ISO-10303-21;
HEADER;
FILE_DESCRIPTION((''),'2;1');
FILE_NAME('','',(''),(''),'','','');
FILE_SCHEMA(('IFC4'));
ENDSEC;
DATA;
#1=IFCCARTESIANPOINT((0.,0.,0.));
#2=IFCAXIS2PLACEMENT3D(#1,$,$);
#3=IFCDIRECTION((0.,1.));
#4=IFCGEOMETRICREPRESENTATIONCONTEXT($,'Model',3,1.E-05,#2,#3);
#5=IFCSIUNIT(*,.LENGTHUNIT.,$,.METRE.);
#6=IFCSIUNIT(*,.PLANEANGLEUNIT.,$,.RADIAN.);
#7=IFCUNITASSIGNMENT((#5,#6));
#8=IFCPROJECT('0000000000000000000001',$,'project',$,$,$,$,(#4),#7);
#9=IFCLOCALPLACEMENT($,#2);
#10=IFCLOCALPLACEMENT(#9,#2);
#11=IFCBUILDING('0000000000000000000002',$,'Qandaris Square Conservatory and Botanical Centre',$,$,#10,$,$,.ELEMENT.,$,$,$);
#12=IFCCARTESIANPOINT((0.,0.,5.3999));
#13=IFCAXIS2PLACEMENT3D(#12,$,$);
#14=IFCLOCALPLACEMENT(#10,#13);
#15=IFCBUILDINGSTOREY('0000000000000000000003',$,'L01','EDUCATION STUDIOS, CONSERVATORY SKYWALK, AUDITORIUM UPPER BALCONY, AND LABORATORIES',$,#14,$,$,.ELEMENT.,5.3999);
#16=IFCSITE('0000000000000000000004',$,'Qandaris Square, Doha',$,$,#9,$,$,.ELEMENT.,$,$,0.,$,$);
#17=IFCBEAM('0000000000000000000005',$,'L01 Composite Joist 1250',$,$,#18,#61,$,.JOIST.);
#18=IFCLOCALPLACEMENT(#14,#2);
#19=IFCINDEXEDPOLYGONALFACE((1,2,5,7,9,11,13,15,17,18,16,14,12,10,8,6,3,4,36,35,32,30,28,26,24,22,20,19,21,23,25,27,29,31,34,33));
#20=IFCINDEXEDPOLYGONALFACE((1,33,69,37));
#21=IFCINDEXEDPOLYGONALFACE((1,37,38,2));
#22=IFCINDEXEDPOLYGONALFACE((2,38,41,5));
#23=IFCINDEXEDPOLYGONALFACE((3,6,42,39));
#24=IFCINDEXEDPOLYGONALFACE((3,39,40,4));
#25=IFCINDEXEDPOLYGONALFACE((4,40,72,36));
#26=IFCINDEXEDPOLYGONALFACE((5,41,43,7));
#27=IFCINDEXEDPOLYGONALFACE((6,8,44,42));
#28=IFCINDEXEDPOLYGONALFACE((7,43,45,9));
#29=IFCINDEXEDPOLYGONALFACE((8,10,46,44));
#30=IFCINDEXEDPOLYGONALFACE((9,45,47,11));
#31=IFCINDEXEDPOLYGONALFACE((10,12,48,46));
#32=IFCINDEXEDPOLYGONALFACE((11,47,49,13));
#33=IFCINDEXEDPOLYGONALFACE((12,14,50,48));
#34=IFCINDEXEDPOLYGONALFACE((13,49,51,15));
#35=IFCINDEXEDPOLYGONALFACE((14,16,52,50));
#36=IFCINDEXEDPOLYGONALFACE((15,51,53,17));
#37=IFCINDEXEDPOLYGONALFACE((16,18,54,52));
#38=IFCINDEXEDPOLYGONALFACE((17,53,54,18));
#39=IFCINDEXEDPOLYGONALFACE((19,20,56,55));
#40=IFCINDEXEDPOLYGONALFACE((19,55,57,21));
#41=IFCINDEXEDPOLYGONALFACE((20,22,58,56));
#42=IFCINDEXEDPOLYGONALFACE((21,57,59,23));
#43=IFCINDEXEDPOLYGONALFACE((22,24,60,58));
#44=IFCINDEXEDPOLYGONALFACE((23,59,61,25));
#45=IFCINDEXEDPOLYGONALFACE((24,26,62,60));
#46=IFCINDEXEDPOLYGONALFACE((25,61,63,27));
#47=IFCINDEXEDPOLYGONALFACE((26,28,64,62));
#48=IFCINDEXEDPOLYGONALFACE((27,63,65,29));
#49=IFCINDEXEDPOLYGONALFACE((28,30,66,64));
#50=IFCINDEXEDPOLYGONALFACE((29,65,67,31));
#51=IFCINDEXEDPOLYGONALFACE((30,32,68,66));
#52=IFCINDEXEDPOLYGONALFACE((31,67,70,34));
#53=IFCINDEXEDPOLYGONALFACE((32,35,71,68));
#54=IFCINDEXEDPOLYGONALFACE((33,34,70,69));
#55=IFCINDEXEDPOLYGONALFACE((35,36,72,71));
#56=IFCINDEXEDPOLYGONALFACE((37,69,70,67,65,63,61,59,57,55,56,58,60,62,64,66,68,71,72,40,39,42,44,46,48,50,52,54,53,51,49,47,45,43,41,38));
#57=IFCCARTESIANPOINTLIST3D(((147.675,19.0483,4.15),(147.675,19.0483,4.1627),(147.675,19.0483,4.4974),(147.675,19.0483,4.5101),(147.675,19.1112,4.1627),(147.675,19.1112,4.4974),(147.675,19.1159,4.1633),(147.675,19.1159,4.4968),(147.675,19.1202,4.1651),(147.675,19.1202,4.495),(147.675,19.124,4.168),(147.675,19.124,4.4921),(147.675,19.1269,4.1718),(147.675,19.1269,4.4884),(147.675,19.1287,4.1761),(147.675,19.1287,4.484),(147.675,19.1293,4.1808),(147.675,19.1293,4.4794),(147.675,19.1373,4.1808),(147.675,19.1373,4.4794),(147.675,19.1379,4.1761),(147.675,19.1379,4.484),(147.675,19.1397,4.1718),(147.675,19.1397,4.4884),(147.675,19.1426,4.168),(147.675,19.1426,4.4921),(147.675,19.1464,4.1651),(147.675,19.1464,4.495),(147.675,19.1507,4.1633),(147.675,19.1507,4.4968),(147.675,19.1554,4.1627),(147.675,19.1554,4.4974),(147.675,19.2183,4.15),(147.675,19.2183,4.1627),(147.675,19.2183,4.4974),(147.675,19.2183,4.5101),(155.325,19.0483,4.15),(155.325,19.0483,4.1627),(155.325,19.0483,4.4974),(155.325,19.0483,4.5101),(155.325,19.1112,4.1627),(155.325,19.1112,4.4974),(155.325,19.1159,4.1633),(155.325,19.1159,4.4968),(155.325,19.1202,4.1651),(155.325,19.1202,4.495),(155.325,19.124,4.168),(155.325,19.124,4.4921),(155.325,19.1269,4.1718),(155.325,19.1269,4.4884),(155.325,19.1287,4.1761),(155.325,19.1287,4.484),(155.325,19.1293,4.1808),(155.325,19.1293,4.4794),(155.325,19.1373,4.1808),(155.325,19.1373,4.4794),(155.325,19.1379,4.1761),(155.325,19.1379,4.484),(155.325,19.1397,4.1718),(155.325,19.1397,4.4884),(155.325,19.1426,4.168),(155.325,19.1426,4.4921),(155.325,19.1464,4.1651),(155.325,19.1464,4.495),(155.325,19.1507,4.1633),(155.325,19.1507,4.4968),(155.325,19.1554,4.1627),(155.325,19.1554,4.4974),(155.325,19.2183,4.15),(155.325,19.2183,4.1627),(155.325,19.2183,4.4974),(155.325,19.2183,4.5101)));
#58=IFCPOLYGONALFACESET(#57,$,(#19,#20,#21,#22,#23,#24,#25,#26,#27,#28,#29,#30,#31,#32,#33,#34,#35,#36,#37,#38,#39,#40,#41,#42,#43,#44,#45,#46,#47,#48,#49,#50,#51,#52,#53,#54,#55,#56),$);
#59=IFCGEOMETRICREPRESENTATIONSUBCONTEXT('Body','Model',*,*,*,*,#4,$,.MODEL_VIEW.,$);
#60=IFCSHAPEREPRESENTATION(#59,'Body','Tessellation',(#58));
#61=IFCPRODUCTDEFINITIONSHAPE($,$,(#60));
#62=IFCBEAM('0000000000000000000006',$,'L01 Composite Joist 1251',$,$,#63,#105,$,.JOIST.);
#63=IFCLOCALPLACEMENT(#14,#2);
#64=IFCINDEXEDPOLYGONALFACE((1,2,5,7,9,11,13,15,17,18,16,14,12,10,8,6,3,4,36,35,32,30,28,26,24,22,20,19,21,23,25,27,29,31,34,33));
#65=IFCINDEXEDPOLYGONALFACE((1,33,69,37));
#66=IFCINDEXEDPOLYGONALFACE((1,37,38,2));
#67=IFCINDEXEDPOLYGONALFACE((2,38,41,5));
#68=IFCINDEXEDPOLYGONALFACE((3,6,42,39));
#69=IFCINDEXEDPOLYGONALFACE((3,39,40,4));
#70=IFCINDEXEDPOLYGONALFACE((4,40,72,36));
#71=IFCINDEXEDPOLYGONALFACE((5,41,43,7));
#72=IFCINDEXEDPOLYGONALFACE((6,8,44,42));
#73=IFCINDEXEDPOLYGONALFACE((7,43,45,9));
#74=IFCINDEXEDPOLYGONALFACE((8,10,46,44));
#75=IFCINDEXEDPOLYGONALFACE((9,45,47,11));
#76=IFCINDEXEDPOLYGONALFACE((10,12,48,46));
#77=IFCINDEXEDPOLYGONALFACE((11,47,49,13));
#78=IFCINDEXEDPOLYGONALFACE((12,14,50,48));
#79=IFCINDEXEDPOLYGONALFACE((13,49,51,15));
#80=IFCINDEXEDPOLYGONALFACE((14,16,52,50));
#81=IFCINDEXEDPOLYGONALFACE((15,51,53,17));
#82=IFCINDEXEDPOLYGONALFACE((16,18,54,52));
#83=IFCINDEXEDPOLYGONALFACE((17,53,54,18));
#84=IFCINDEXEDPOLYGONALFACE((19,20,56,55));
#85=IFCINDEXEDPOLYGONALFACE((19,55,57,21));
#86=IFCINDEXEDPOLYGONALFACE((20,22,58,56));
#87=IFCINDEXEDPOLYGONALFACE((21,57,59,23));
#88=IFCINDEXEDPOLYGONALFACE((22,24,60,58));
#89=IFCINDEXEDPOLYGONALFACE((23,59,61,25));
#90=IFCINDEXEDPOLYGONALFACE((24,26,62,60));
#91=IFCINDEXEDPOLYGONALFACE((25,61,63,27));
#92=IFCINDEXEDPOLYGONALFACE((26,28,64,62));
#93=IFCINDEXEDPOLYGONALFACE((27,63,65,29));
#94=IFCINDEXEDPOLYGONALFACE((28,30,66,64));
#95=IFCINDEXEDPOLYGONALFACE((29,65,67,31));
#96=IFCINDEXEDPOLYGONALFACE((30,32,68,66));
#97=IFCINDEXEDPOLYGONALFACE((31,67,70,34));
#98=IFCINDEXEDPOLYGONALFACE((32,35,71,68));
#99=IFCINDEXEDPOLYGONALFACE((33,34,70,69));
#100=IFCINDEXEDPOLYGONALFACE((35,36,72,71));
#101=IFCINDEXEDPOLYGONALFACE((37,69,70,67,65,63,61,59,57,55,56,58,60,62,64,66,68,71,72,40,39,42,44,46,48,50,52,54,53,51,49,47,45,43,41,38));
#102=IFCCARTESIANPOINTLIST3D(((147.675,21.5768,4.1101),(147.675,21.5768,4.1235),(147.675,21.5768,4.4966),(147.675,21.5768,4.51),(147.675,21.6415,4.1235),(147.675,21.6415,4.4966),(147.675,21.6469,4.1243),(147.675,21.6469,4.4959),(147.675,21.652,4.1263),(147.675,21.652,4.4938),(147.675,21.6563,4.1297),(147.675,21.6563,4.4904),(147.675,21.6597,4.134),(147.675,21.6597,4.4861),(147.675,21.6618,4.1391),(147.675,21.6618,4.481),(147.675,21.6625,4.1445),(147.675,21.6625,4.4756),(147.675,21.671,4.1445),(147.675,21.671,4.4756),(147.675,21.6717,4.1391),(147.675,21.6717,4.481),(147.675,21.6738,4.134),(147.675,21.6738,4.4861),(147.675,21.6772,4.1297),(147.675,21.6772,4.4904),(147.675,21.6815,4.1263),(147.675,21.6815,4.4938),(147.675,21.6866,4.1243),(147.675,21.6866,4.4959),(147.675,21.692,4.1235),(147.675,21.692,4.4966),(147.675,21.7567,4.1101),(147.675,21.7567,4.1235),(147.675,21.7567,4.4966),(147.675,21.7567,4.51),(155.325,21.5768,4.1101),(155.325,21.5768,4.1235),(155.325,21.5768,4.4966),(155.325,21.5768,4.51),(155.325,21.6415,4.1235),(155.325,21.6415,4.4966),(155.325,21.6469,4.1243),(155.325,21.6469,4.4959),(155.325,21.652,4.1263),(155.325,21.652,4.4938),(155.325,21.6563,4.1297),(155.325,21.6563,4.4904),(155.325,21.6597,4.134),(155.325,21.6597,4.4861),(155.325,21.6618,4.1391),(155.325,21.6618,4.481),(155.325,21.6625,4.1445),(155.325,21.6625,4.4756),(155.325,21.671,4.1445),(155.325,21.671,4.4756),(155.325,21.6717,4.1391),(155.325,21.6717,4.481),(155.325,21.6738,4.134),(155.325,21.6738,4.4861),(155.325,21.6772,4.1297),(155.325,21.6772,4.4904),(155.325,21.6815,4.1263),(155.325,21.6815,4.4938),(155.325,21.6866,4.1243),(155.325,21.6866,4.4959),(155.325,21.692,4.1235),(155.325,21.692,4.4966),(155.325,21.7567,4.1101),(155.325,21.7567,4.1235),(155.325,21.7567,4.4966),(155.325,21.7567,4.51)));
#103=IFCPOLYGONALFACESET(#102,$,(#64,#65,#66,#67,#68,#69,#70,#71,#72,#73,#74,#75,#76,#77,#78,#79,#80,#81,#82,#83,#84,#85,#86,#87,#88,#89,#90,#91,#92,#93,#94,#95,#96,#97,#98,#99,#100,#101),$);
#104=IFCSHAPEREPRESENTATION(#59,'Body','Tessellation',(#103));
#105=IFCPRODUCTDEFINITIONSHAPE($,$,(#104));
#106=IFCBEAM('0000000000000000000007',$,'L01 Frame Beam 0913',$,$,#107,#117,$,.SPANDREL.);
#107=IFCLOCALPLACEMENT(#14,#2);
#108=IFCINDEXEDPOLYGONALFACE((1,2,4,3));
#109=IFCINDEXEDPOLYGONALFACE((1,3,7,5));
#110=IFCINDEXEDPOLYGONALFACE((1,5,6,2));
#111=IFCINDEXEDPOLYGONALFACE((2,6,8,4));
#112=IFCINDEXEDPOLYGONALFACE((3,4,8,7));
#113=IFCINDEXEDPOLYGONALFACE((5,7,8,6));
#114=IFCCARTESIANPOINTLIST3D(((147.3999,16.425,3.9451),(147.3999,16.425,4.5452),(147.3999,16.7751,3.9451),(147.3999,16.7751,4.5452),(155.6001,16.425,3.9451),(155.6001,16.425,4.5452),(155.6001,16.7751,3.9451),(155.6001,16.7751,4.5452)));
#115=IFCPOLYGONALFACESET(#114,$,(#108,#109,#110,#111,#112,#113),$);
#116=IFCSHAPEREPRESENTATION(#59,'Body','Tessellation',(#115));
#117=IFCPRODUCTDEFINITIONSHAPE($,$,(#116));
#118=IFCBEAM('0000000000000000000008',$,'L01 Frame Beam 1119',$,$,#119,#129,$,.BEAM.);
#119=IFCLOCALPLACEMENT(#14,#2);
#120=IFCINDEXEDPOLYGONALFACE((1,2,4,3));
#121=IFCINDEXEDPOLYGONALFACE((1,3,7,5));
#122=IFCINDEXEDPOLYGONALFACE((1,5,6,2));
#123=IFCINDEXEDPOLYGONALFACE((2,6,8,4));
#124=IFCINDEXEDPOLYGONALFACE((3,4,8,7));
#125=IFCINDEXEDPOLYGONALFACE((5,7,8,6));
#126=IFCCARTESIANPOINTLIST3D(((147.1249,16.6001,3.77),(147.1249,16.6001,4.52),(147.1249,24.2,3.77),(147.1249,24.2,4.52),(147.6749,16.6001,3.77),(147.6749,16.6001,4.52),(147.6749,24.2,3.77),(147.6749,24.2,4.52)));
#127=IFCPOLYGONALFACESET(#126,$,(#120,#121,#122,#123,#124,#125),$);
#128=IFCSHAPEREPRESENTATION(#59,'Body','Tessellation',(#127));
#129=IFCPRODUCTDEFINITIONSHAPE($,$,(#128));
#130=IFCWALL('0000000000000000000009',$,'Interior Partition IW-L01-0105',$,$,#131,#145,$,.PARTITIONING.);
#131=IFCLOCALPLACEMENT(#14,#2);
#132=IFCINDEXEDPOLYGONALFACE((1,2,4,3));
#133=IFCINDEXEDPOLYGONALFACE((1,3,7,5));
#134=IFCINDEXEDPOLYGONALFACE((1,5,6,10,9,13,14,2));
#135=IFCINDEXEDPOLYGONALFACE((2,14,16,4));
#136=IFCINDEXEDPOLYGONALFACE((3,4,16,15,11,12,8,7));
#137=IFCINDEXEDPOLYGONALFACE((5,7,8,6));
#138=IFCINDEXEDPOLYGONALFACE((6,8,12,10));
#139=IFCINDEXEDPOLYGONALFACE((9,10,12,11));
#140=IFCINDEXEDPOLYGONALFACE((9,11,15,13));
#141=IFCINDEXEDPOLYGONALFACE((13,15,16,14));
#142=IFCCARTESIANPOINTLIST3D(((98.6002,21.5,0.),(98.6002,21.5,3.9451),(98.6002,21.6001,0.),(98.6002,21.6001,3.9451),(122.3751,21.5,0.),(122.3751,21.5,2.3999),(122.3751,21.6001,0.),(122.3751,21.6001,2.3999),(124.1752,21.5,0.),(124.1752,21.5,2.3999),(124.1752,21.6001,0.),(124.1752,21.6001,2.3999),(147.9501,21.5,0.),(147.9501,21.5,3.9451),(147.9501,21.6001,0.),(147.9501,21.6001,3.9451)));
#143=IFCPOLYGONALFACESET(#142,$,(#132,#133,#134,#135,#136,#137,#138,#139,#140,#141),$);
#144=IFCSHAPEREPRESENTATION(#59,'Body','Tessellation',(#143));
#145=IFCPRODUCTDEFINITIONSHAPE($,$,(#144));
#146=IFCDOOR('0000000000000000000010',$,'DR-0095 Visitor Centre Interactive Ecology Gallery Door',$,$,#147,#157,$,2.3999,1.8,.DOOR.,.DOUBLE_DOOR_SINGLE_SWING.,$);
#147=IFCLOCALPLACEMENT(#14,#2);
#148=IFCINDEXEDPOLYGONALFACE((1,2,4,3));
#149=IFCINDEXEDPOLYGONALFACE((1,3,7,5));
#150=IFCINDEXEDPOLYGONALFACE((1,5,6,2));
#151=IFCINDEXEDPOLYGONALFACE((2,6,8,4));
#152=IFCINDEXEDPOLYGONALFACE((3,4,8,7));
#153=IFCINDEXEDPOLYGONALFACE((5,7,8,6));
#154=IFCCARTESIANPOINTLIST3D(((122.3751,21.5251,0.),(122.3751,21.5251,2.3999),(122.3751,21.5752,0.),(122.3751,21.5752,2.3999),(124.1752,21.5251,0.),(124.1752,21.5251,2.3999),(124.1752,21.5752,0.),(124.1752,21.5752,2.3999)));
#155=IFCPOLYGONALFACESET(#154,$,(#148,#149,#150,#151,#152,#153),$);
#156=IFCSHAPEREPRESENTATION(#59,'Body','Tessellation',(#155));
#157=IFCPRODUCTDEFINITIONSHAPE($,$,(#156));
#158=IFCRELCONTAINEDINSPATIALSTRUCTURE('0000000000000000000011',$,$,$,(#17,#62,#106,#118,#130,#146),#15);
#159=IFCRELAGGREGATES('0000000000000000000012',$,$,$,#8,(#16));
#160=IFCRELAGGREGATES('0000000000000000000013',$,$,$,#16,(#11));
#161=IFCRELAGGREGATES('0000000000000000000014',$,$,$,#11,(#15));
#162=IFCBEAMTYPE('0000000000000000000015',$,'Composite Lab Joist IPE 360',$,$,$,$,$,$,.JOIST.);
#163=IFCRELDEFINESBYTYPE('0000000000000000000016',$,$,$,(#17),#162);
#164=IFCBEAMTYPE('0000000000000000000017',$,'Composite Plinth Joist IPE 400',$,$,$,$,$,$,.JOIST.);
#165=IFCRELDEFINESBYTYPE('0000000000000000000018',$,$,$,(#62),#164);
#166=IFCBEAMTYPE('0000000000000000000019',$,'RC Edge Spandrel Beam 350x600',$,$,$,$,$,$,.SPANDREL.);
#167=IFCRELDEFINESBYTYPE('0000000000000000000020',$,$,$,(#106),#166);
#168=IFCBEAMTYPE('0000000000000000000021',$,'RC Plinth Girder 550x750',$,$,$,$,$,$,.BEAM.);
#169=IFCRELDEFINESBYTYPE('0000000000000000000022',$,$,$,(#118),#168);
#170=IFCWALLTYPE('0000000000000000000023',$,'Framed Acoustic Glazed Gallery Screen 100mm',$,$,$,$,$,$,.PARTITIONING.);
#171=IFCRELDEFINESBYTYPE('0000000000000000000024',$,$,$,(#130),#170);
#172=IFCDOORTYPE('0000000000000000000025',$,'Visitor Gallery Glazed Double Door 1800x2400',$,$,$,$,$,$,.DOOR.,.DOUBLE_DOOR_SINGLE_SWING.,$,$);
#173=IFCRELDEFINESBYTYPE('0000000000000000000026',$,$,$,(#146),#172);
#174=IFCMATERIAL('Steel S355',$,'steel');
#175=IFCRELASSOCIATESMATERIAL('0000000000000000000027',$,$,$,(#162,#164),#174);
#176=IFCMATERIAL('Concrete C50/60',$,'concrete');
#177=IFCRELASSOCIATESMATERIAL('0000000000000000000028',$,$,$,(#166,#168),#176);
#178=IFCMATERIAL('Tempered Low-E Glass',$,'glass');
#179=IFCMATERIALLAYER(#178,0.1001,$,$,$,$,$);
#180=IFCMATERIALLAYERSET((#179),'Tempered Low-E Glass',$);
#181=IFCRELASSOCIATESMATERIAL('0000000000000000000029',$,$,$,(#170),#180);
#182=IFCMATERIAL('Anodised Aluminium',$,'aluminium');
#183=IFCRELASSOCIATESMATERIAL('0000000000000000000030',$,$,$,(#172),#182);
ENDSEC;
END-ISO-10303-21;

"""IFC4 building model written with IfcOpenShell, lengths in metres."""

from ifc_helpers import new_model, si_unit, direction, frame, frame_2d, origin, origin_2d, place, context, subcontext, project, spatial, rectangle, i_section, extrude, material, layer, layer_set, material_profile, profile_set, type_object, element, fill, save


model = new_model("IFC4")

# Units and contexts
model_context = context("Model", 3, precision=1e-05, world=origin(), true_north=direction((0.0, 1.0)))
body_context = subcontext(model_context, "Body", "Model", "MODEL_VIEW")
ifc_project = project(units=[si_unit("LENGTHUNIT", "METRE"), si_unit("PLANEANGLEUNIT", "RADIAN")], contexts=[model_context])

# Site, building, storey
site_placement = place(None, origin())
site = spatial("IfcSite", under=ifc_project, at=site_placement, Name="Qandaris Square, Doha", CompositionType="ELEMENT", RefElevation=0.0)
building_placement = place(site_placement, origin())
building = spatial("IfcBuilding", under=site, at=building_placement, Name="Qandaris Square Conservatory and Botanical Centre", CompositionType="ELEMENT")
storey_placement = place(building_placement, frame((0.0, 0.0, 5.3999)))
storey = spatial("IfcBuildingStorey", under=building, at=storey_placement, Name="L01", Description="EDUCATION STUDIOS, CONSERVATORY SKYWALK, AUDITORIUM UPPER BALCONY, AND LABORATORIES", CompositionType="ELEMENT", Elevation=5.3999)

# Shared definitions
ifc_material_1 = material(Name="Concrete C50/60", Category="concrete")

# Shared definitions
ifc_material_2 = material(Name="Steel S355", Category="steel")

# Beams
ifc_material_profile_1 = material_profile(ifc_material_2, i_section(OverallWidth=0.1699, OverallDepth=0.3601, WebThickness=0.0081, FlangeThickness=0.0127, FilletRadius=0.0181, at=origin_2d()), Name="IPE 360")
ifc_profile_set_1 = profile_set([ifc_material_profile_1], Name="Steel S355")
beam_type_1 = type_object("IfcBeamType", Name="Composite Lab Joist IPE 360", PredefinedType="JOIST", material=ifc_profile_set_1)
for number, where, z_axis, x_axis, name in (
    (1, (147.675, 19.1333, 4.3301), (1.0, 0.0, 0.0), (0.0, 1.0, 0.0), "L01 Composite Joist 1250"),
):
    element("IfcBeam", number, at=place(storey_placement, frame(where, z_axis=z_axis, x_axis=x_axis)), inside=storey, type_object=beam_type_1, Name=name, PredefinedType="JOIST", context=body_context, shape_type="SweptSolid", body=[
        extrude(i_section(OverallWidth=0.1699, OverallDepth=0.3601, WebThickness=0.0081, FlangeThickness=0.0127, FilletRadius=0.0181, at=origin_2d()), origin(), (0.0, 0.0, 1.0), 7.6499),
    ])
ifc_material_profile_2 = material_profile(ifc_material_2, i_section(OverallWidth=0.1799, OverallDepth=0.3999, WebThickness=0.0085, FlangeThickness=0.0134, FilletRadius=0.021, at=origin_2d()), Name="IPE 400")
ifc_profile_set_2 = profile_set([ifc_material_profile_2], Name="Steel S355")
beam_type_2 = type_object("IfcBeamType", Name="Composite Plinth Joist IPE 400", PredefinedType="JOIST", material=ifc_profile_set_2)
beam_1_placement = place(storey_placement, frame((147.675, 21.6667, 4.3101), z_axis=(1.0, 0.0, 0.0), x_axis=(0.0, 1.0, 0.0)))
element("IfcBeam", 2, at=beam_1_placement, inside=storey, type_object=beam_type_2, Name="L01 Composite Joist 1251", PredefinedType="JOIST", context=body_context, shape_type="SweptSolid", body=[
    extrude(i_section(OverallWidth=0.1799, OverallDepth=0.3999, WebThickness=0.0085, FlangeThickness=0.0134, FilletRadius=0.021, at=origin_2d()), origin(), (0.0, 0.0, 1.0), 7.6499),
])
ifc_material_profile_3 = material_profile(ifc_material_1, rectangle(XDim=0.3501, YDim=0.6001, at=origin_2d()), Name="RC-SP 350x600")
ifc_profile_set_3 = profile_set([ifc_material_profile_3], Name="Concrete C50/60")
beam_type_3 = type_object("IfcBeamType", Name="RC Edge Spandrel Beam 350x600", PredefinedType="SPANDREL", material=ifc_profile_set_3)
beam_2_placement = place(storey_placement, frame((147.3999, 16.6001, 4.2451), z_axis=(1.0, 0.0, 0.0), x_axis=(0.0, 1.0, 0.0)))
element("IfcBeam", 3, at=beam_2_placement, inside=storey, type_object=beam_type_3, Name="L01 Frame Beam 0913", PredefinedType="SPANDREL", context=body_context, shape_type="SweptSolid", body=[
    extrude(rectangle(XDim=0.3501, YDim=0.6001, at=origin_2d()), origin(), (0.0, 0.0, 1.0), 8.2002),
])
ifc_material_profile_4 = material_profile(ifc_material_1, rectangle(XDim=0.55, YDim=0.75, at=origin_2d()), Name="RC-BM 550x750")
ifc_profile_set_4 = profile_set([ifc_material_profile_4], Name="Concrete C50/60")
beam_type_4 = type_object("IfcBeamType", Name="RC Plinth Girder 550x750", PredefinedType="BEAM", material=ifc_profile_set_4)
beam_3_placement = place(storey_placement, frame((147.3999, 16.6001, 4.145), z_axis=(0.0, 1.0, 0.0), x_axis=(-1.0, 0.0, 0.0)))
element("IfcBeam", 4, at=beam_3_placement, inside=storey, type_object=beam_type_4, Name="L01 Frame Beam 1119", PredefinedType="BEAM", context=body_context, shape_type="SweptSolid", body=[
    extrude(rectangle(XDim=0.55, YDim=0.75, at=origin_2d()), origin(), (0.0, 0.0, 1.0), 7.5999),
])

# Wall, opening, door
ifc_material_3 = material(Name="Tempered Low-E Glass", Category="glass")
ifc_layer_1 = layer(ifc_material_3, 0.1001)
ifc_layer_set_1 = layer_set([ifc_layer_1], Name="Tempered Low-E Glass")
wall_type_1 = type_object("IfcWallType", Name="Framed Acoustic Glazed Gallery Screen 100mm", PredefinedType="PARTITIONING", material=ifc_layer_set_1)
wall_1_placement = place(storey_placement, frame((147.95, 21.55, 0.0), z_axis=(0.0, 0.0, 1.0), x_axis=(-1.0, 0.0, 0.0)))
wall_1 = element("IfcWall", 5, at=wall_1_placement, inside=storey, type_object=wall_type_1, Name="Interior Partition IW-L01-0105", PredefinedType="PARTITIONING", context=body_context, shape_type="SweptSolid", body=[
    extrude(rectangle(XDim=49.3499, YDim=0.1001, at=frame_2d((24.6748, 0.0))), origin(), (0.0, 0.0, 1.0), 3.9451),
])
opening_1_placement = place(wall_1_placement, frame((23.7749, 0.0, 0.0)))
opening_1 = element("IfcOpeningElement", 6, at=opening_1_placement, cuts=wall_1, PredefinedType="OPENING", context=body_context, shape_type="SweptSolid", body=[
    extrude(rectangle(XDim=1.8, YDim=2.3999, at=frame_2d((0.8999, 1.2))), frame((0.0, 0.062, 0.0), z_axis=(0.0, -1.0, 0.0), x_axis=(1.0, 0.0, 0.0)), (0.0, 0.0, 1.0), 0.124),
])
ifc_material_4 = material(Name="Anodised Aluminium", Category="aluminium")
door_type_1 = type_object("IfcDoorType", Name="Visitor Gallery Glazed Double Door 1800x2400", OperationType="DOUBLE_DOOR_SINGLE_SWING", PredefinedType="DOOR", material=ifc_material_4)
door_1_placement = place(opening_1_placement, origin())
door_1 = element("IfcDoor", 7, at=door_1_placement, inside=storey, type_object=door_type_1, Name="DR-0095 Visitor Centre Interactive Ecology Gallery Door", OperationType="DOUBLE_DOOR_SINGLE_SWING", OverallHeight=2.3999, OverallWidth=1.8, PredefinedType="DOOR", context=body_context, shape_type="SweptSolid", body=[
    extrude(rectangle(XDim=1.8, YDim=2.3999, at=frame_2d((0.8999, 1.2))), frame((0.0, 0.0249, 0.0), z_axis=(0.0, -1.0, 0.0), x_axis=(1.0, 0.0, 0.0)), (0.0, 0.0, 1.0), 0.05),
])
fill(opening_1, door_1)

save(model, "model.ifc")
